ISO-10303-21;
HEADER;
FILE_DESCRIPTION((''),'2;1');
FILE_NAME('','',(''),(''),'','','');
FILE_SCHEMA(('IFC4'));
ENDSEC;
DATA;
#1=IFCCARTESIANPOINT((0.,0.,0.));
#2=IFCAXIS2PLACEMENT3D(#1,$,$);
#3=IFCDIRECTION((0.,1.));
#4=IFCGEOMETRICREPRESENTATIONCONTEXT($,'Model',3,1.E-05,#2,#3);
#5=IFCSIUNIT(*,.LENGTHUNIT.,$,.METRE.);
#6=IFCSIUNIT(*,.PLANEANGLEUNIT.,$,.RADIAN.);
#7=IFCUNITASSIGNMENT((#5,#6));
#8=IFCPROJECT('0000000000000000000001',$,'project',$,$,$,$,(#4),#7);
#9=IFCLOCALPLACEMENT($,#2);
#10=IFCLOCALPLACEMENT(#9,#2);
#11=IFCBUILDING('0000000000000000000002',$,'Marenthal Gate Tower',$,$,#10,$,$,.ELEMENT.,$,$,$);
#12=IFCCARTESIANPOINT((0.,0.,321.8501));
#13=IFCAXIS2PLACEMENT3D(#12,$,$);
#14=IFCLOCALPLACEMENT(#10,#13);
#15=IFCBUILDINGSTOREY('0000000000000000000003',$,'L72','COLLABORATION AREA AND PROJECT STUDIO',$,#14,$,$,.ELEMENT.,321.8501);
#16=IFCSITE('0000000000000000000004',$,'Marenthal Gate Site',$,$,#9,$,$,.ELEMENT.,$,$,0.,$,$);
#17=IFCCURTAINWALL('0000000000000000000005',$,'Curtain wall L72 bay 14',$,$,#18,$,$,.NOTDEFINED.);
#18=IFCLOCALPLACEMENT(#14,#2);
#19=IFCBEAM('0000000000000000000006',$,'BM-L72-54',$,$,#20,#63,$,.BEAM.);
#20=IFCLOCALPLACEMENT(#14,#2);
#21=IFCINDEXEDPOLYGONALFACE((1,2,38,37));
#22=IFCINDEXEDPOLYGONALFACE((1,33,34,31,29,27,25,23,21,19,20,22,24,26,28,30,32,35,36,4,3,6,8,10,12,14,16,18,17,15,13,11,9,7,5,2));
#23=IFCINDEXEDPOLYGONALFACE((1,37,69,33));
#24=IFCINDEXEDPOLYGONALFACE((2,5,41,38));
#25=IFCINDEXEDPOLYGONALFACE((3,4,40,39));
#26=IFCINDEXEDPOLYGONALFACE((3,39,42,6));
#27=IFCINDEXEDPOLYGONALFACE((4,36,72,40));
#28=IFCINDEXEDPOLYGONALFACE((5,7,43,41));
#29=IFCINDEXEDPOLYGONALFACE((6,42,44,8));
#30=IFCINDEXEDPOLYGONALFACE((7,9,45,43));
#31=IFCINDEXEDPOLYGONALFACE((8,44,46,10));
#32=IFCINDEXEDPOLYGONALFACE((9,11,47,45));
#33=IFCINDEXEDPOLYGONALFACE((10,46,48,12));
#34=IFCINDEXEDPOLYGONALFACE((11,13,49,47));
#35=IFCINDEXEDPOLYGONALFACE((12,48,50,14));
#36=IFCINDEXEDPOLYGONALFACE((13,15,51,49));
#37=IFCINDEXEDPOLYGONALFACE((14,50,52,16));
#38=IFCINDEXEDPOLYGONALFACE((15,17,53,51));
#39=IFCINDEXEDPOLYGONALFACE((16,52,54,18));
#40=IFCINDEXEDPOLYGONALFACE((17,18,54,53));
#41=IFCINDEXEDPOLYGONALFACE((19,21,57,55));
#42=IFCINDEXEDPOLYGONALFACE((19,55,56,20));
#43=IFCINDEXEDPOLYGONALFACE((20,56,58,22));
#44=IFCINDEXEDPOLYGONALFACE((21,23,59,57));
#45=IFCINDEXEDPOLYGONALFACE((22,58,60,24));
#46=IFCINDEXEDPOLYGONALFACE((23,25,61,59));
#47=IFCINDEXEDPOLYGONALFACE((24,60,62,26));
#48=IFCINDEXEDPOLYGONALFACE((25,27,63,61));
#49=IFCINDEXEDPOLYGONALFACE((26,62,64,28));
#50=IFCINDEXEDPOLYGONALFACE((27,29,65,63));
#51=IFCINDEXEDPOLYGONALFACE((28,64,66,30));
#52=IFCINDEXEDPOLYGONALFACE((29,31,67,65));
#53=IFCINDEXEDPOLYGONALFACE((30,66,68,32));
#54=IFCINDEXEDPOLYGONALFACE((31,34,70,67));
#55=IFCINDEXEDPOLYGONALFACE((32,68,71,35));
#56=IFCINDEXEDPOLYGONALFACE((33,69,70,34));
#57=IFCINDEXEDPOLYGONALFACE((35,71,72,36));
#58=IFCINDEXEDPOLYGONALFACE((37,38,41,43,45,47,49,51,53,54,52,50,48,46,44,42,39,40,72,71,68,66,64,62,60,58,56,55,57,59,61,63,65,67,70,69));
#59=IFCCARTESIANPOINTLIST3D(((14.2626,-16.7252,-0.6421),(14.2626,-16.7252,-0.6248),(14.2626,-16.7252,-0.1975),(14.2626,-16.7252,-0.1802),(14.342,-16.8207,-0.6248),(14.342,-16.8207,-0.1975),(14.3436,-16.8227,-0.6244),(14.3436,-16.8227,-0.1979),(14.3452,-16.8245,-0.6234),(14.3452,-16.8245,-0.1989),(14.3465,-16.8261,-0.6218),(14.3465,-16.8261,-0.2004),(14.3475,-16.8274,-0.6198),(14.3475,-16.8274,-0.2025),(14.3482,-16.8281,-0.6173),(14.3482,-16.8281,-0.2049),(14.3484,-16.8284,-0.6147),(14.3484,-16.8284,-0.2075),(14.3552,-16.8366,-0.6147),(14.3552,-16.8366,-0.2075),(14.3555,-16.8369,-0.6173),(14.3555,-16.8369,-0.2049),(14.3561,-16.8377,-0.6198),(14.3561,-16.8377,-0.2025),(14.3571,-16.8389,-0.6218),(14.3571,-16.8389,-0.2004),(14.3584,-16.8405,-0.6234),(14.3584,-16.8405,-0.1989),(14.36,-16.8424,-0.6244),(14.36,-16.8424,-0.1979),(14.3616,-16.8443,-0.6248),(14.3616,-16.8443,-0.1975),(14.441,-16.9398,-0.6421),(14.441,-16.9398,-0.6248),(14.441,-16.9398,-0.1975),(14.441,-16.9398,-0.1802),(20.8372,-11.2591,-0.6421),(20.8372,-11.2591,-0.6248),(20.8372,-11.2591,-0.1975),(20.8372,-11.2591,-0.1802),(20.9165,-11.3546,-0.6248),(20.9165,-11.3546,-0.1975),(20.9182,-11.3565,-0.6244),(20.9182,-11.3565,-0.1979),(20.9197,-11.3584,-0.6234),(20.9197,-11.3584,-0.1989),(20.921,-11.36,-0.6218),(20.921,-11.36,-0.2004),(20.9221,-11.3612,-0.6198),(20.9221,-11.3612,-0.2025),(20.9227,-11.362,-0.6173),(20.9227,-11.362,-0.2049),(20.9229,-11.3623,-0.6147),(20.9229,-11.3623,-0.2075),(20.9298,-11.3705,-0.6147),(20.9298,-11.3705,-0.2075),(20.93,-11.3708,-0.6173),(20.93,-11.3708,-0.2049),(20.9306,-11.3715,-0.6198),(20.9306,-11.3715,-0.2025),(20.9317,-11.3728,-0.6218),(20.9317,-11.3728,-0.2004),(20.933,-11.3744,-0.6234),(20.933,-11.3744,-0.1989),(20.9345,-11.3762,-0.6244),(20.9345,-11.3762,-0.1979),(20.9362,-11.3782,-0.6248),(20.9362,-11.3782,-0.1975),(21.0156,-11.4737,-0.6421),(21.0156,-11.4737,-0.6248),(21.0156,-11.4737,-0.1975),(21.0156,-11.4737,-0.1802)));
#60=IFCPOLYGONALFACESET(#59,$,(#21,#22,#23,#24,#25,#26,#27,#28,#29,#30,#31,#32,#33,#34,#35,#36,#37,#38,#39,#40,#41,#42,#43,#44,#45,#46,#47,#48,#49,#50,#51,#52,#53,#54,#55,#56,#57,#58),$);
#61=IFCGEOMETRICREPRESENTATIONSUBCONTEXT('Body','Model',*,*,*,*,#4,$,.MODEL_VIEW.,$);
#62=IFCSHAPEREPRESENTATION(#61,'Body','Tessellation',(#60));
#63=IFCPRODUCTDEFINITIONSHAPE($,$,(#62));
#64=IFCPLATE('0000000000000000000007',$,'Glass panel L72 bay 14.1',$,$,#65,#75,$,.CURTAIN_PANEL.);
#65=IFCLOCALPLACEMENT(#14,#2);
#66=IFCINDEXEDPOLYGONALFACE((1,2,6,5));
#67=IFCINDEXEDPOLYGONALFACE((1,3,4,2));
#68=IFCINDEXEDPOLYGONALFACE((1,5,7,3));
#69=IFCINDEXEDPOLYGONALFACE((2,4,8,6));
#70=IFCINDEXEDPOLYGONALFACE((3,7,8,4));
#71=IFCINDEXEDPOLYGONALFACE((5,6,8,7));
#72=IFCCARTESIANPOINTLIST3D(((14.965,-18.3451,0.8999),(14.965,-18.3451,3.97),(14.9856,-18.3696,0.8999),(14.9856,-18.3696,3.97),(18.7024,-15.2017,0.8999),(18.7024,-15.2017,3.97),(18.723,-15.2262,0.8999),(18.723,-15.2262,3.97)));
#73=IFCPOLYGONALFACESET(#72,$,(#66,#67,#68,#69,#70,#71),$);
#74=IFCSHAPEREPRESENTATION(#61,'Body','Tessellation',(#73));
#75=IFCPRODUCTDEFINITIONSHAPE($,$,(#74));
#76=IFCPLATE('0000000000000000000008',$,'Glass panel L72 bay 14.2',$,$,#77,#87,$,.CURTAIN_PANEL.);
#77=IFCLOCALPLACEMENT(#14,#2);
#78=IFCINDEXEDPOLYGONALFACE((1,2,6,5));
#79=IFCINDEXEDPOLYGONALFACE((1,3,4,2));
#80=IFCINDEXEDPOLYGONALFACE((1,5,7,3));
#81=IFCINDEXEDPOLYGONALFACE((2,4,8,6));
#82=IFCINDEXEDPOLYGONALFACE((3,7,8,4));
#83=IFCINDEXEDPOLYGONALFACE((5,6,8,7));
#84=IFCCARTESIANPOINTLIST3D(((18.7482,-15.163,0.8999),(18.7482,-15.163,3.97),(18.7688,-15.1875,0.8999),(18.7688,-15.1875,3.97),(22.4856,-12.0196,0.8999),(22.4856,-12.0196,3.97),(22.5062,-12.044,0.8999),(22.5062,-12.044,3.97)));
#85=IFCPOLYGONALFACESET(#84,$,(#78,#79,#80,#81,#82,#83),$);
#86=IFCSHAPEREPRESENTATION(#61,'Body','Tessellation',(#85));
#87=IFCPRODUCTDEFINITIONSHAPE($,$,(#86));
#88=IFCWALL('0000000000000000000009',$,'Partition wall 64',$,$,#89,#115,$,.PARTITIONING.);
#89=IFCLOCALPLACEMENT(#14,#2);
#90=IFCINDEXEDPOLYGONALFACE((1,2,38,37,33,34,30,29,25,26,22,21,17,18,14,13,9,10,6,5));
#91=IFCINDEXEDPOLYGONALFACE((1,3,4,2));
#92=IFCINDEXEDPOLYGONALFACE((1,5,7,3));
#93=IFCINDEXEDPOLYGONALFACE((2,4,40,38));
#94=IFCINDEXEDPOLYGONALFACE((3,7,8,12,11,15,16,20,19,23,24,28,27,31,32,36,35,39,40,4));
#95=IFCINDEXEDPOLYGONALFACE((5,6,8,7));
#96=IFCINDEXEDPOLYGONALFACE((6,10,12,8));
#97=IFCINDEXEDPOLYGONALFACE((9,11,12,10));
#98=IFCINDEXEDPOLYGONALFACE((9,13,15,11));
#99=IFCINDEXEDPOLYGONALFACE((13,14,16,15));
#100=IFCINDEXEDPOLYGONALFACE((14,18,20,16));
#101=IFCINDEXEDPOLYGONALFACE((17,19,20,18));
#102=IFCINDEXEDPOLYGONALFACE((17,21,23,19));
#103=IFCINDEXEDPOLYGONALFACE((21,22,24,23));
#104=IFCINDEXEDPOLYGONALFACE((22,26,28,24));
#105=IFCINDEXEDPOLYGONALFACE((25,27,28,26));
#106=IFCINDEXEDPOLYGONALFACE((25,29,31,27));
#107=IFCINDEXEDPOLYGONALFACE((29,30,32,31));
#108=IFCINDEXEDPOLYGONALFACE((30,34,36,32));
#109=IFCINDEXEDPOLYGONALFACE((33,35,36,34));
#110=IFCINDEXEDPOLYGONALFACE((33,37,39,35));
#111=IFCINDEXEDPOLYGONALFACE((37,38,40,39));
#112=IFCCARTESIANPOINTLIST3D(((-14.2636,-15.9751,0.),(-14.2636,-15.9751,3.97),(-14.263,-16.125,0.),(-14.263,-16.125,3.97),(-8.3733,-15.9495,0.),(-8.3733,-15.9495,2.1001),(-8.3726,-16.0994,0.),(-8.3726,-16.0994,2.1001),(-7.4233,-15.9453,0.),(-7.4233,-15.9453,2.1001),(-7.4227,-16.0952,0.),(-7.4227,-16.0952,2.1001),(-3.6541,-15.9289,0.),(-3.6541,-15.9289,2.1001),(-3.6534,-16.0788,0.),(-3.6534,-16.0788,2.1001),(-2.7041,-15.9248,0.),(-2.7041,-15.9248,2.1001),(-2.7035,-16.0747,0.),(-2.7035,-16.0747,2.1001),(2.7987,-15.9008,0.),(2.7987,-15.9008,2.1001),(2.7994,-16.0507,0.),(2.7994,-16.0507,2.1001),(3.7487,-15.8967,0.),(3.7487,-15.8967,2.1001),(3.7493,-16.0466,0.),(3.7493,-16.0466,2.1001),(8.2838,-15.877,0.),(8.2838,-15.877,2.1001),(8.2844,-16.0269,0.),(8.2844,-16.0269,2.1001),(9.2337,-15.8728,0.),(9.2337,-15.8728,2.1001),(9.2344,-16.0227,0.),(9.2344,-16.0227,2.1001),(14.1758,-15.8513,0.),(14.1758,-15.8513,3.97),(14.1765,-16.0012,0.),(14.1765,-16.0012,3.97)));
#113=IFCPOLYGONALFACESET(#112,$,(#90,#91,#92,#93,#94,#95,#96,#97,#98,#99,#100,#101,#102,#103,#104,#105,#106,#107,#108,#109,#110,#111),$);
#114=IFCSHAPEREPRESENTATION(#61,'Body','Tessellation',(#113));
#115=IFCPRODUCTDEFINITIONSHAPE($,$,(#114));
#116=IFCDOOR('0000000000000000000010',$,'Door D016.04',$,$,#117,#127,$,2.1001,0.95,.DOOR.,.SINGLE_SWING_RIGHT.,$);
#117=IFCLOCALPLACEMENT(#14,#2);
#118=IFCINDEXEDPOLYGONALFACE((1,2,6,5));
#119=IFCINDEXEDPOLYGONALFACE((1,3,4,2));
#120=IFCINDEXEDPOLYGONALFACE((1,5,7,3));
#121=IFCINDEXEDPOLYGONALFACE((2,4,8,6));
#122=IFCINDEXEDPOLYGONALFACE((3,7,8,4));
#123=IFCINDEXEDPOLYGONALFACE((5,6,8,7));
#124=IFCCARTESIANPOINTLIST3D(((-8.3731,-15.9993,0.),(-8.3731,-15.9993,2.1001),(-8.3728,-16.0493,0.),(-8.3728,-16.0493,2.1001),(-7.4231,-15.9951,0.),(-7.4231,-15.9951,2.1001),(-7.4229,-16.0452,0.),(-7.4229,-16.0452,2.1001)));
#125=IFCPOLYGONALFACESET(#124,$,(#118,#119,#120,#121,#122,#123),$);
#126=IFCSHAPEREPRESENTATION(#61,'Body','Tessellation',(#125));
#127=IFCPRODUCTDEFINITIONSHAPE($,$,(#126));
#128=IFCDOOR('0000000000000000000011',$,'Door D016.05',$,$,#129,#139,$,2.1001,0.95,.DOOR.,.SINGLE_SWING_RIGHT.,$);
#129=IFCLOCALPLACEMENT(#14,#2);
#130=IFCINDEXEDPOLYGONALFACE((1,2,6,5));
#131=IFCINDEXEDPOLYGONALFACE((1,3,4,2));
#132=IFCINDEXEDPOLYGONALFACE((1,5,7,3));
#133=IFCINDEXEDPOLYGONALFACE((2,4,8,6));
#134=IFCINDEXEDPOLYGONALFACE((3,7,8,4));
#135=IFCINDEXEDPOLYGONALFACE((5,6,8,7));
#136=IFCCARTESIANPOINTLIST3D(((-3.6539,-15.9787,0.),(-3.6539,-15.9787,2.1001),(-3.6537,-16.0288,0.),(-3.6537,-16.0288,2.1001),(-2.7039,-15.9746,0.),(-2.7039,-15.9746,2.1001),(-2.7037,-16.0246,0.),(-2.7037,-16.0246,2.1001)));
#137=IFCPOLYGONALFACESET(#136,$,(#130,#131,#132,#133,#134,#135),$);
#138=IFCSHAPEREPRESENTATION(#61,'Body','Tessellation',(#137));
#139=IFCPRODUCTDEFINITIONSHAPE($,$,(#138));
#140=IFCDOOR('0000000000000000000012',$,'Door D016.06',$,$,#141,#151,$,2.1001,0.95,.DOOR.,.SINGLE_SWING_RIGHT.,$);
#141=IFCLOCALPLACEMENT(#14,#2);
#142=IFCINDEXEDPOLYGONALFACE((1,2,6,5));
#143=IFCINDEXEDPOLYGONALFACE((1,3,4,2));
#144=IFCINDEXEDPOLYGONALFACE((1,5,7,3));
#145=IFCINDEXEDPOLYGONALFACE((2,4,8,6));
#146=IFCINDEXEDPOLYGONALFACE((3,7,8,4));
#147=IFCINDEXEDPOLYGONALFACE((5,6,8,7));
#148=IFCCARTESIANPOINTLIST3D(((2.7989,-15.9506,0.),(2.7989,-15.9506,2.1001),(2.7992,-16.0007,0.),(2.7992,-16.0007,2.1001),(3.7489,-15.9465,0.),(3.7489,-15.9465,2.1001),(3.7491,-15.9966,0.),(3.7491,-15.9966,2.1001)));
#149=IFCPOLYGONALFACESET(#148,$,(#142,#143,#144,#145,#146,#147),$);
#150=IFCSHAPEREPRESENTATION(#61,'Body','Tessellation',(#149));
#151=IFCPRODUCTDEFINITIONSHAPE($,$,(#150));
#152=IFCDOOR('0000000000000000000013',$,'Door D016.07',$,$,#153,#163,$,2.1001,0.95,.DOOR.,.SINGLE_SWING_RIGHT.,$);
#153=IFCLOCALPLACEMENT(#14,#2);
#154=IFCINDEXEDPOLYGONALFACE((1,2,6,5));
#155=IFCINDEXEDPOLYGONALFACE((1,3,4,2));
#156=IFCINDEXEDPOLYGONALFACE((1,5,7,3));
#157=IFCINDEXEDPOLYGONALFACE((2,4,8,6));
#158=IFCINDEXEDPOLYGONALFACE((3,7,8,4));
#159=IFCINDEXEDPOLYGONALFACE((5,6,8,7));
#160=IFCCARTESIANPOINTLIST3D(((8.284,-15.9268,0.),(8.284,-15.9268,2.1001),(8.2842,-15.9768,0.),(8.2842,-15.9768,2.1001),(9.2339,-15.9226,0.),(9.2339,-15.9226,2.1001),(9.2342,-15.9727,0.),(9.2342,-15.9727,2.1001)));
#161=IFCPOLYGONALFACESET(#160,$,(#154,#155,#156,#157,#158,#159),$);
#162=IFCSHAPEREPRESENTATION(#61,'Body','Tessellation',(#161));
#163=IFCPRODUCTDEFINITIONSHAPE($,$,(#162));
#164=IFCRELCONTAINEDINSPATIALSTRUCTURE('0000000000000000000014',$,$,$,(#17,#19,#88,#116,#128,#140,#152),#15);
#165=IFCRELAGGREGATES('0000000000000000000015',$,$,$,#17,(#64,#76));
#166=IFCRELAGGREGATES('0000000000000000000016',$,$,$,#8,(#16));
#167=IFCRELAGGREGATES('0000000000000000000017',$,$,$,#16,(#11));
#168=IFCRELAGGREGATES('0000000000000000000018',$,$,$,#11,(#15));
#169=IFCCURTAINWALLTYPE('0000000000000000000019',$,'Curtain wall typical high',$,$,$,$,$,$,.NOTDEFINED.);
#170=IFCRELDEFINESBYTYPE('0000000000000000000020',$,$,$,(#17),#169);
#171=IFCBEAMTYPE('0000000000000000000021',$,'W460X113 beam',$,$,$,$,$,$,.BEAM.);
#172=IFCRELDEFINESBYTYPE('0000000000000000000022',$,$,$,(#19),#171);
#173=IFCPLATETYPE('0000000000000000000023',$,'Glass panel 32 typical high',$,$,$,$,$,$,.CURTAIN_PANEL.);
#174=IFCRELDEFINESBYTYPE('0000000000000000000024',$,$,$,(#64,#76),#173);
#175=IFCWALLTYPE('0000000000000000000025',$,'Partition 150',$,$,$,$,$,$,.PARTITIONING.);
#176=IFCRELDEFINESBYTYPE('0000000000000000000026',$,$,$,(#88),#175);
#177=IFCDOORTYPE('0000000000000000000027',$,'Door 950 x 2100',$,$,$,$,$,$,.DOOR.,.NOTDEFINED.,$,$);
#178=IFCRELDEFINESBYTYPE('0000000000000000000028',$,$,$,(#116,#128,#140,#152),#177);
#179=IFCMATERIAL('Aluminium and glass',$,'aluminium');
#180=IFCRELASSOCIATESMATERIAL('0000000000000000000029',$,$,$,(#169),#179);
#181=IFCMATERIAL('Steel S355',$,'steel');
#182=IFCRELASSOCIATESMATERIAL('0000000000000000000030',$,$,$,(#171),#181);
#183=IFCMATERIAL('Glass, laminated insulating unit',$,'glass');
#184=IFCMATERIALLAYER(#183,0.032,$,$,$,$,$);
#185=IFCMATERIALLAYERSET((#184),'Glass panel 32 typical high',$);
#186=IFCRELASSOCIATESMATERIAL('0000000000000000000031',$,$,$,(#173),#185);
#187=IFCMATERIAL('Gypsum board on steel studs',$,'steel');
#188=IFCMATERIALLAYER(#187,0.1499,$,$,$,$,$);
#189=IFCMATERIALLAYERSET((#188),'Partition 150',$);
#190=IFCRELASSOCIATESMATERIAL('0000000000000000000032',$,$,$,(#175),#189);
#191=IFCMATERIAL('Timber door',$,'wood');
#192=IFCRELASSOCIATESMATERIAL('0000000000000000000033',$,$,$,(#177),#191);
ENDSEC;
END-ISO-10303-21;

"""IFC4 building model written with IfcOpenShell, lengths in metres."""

from ifc_helpers import new_model, si_unit, direction, frame, frame_2d, origin, origin_2d, place, context, subcontext, project, spatial, rectangle, i_section, extrude, material, layer, layer_set, material_profile, profile_set, type_object, element, fill, aggregate, save


model = new_model("IFC4")

# Units and contexts
model_context = context("Model", 3, precision=1e-05, world=origin(), true_north=direction((0.0, 1.0)))
body_context = subcontext(model_context, "Body", "Model", "MODEL_VIEW")
ifc_project = project(units=[si_unit("LENGTHUNIT", "METRE"), si_unit("PLANEANGLEUNIT", "RADIAN")], contexts=[model_context])

# Site, building, storey
site_placement = place(None, origin())
site = spatial("IfcSite", under=ifc_project, at=site_placement, Name="Marenthal Gate Site", CompositionType="ELEMENT", RefElevation=0.0)
building_placement = place(site_placement, origin())
building = spatial("IfcBuilding", under=site, at=building_placement, Name="Marenthal Gate Tower", CompositionType="ELEMENT")
storey_placement = place(building_placement, frame((0.0, 0.0, 321.8501)))
storey = spatial("IfcBuildingStorey", under=building, at=storey_placement, Name="L72", Description="COLLABORATION AREA AND PROJECT STUDIO", CompositionType="ELEMENT", Elevation=321.8501)

# Curtain wall
ifc_material_1 = material(Name="Aluminium and glass", Category="aluminium")
curtain_wall_type = type_object("IfcCurtainWallType", Name="Curtain wall typical high", PredefinedType="NOTDEFINED", material=ifc_material_1)
curtain_wall_placement = place(storey_placement, origin())
curtain_wall = element("IfcCurtainWall", 1, at=curtain_wall_placement, inside=storey, type_object=curtain_wall_type, Name="Curtain wall L72 bay 14", PredefinedType="NOTDEFINED")

# Beam
ifc_material_2 = material(Name="Steel S355", Category="steel")
ifc_material_profile_1 = material_profile(ifc_material_2, i_section(OverallWidth=0.2791, OverallDepth=0.4619, WebThickness=0.0107, FlangeThickness=0.0173, FilletRadius=0.01, at=origin_2d()), Name="W460X113")
ifc_profile_set_1 = profile_set([ifc_material_profile_1], Name="Steel S355")
beam_type_1 = type_object("IfcBeamType", Name="W460X113 beam", PredefinedType="BEAM", material=ifc_profile_set_1)
beam_1_placement = place(storey_placement, frame((14.3518, -16.8325, -0.4111), z_axis=(0.768949, 0.63931, 0.0), x_axis=(-0.63931, 0.768949, 0.0)))
element("IfcBeam", 2, at=beam_1_placement, inside=storey, type_object=beam_type_1, Name="BM-L72-54", PredefinedType="BEAM", context=body_context, shape_type="SweptSolid", body=[
    extrude(i_section(OverallWidth=0.2791, OverallDepth=0.4619, WebThickness=0.0107, FlangeThickness=0.0173, FilletRadius=0.01, at=origin_2d()), origin(), (0.0, 0.0, 1.0), 8.55),
])

# Plates
ifc_material_3 = material(Name="Glass, laminated insulating unit", Category="glass")
ifc_layer_1 = layer(ifc_material_3, 0.032)
ifc_layer_set_1 = layer_set([ifc_layer_1], Name="Glass panel 32 typical high")
plate_type = type_object("IfcPlateType", Name="Glass panel 32 typical high", PredefinedType="CURTAIN_PANEL", material=ifc_layer_set_1)
plate_1_placement = place(storey_placement, frame((16.844, -16.7856, 0.8999), z_axis=(0.0, 0.0, 1.0), x_axis=(0.765298, 0.643676, 0.0)))
plate_1 = element("IfcPlate", 3, at=plate_1_placement, type_object=plate_type, Name="Glass panel L72 bay 14.1", PredefinedType="CURTAIN_PANEL", context=body_context, shape_type="SweptSolid", body=[
    extrude(rectangle(XDim=4.8835, YDim=0.032, at=origin_2d()), origin(), (0.0, 0.0, 1.0), 3.0701),
])
plate_2_placement = place(storey_placement, frame((20.6272, -13.6035, 0.8999), z_axis=(0.0, 0.0, 1.0), x_axis=(0.765298, 0.643676, 0.0)))
plate_2 = element("IfcPlate", 4, at=plate_2_placement, type_object=plate_type, Name="Glass panel L72 bay 14.2", PredefinedType="CURTAIN_PANEL", context=body_context, shape_type="SweptSolid", body=[
    extrude(rectangle(XDim=4.8835, YDim=0.032, at=origin_2d()), origin(), (0.0, 0.0, 1.0), 3.0701),
])
aggregate(curtain_wall, [plate_1, plate_2])

# Wall, openings, doors
ifc_material_4 = material(Name="Gypsum board on steel studs", Category="steel")
ifc_layer_2 = layer(ifc_material_4, 0.1499)
ifc_layer_set_2 = layer_set([ifc_layer_2], Name="Partition 150")
wall_type_1 = type_object("IfcWallType", Name="Partition 150", PredefinedType="PARTITIONING", material=ifc_layer_set_2)
wall_1_placement = place(storey_placement, frame((14.176, -15.9263, 0.0), z_axis=(0.0, 0.0, 1.0), x_axis=(-0.999991, -0.004352, 0.0)))
wall_1 = element("IfcWall", 5, at=wall_1_placement, inside=storey, type_object=wall_type_1, Name="Partition wall 64", PredefinedType="PARTITIONING", context=body_context, shape_type="SweptSolid", body=[
    extrude(rectangle(XDim=28.4397, YDim=0.1499, at=frame_2d((14.2197, 0.0))), origin(), (0.0, 0.0, 1.0), 3.97),
])
opening_1_placement = place(wall_1_placement, frame((21.5991, 0.0, 0.0)))
opening_1 = element("IfcOpeningElement", 6, at=opening_1_placement, cuts=wall_1, PredefinedType="OPENING", context=body_context, shape_type="SweptSolid", body=[
    extrude(rectangle(XDim=0.95, YDim=2.1001, at=frame_2d((0.4751, 1.05))), frame((0.0, 0.085, 0.0), z_axis=(0.0, -1.0, 0.0), x_axis=(1.0, 0.0, 0.0)), (0.0, 0.0, 1.0), 0.1699),
])
opening_2_placement = place(wall_1_placement, frame((16.8799, 0.0, 0.0)))
opening_2 = element("IfcOpeningElement", 7, at=opening_2_placement, cuts=wall_1, PredefinedType="OPENING", context=body_context, shape_type="SweptSolid", body=[
    extrude(rectangle(XDim=0.95, YDim=2.1001, at=frame_2d((0.4751, 1.05))), frame((0.0, 0.085, 0.0), z_axis=(0.0, -1.0, 0.0), x_axis=(1.0, 0.0, 0.0)), (0.0, 0.0, 1.0), 0.1699),
])
opening_3_placement = place(wall_1_placement, frame((10.427, 0.0, 0.0)))
opening_3 = element("IfcOpeningElement", 8, at=opening_3_placement, cuts=wall_1, PredefinedType="OPENING", context=body_context, shape_type="SweptSolid", body=[
    extrude(rectangle(XDim=0.95, YDim=2.1001, at=frame_2d((0.4751, 1.05))), frame((0.0, 0.085, 0.0), z_axis=(0.0, -1.0, 0.0), x_axis=(1.0, 0.0, 0.0)), (0.0, 0.0, 1.0), 0.1699),
])
opening_4_placement = place(wall_1_placement, frame((4.9419, 0.0, 0.0)))
opening_4 = element("IfcOpeningElement", 9, at=opening_4_placement, cuts=wall_1, PredefinedType="OPENING", context=body_context, shape_type="SweptSolid", body=[
    extrude(rectangle(XDim=0.95, YDim=2.1001, at=frame_2d((0.4751, 1.05))), frame((0.0, 0.085, 0.0), z_axis=(0.0, -1.0, 0.0), x_axis=(1.0, 0.0, 0.0)), (0.0, 0.0, 1.0), 0.1699),
])
ifc_material_5 = material(Name="Timber door", Category="wood")
door_type_1 = type_object("IfcDoorType", Name="Door 950 x 2100", OperationType="NOTDEFINED", PredefinedType="DOOR", material=ifc_material_5)
door_1_placement = place(opening_1_placement, origin())
door_1 = element("IfcDoor", 10, at=door_1_placement, inside=storey, type_object=door_type_1, Name="Door D016.04", OperationType="SINGLE_SWING_RIGHT", OverallHeight=2.1001, OverallWidth=0.95, PredefinedType="DOOR", context=body_context, shape_type="SweptSolid", body=[
    extrude(rectangle(XDim=0.95, YDim=2.1001, at=frame_2d((0.4751, 1.05))), frame((0.0, 0.0249, 0.0), z_axis=(0.0, -1.0, 0.0), x_axis=(1.0, 0.0, 0.0)), (0.0, 0.0, 1.0), 0.05),
])
fill(opening_1, door_1)
door_2_placement = place(opening_2_placement, origin())
door_2 = element("IfcDoor", 11, at=door_2_placement, inside=storey, type_object=door_type_1, Name="Door D016.05", OperationType="SINGLE_SWING_RIGHT", OverallHeight=2.1001, OverallWidth=0.95, PredefinedType="DOOR", context=body_context, shape_type="SweptSolid", body=[
    extrude(rectangle(XDim=0.95, YDim=2.1001, at=frame_2d((0.4751, 1.05))), frame((0.0, 0.0249, 0.0), z_axis=(0.0, -1.0, 0.0), x_axis=(1.0, 0.0, 0.0)), (0.0, 0.0, 1.0), 0.05),
])
fill(opening_2, door_2)
door_3_placement = place(opening_3_placement, origin())
door_3 = element("IfcDoor", 12, at=door_3_placement, inside=storey, type_object=door_type_1, Name="Door D016.06", OperationType="SINGLE_SWING_RIGHT", OverallHeight=2.1001, OverallWidth=0.95, PredefinedType="DOOR", context=body_context, shape_type="SweptSolid", body=[
    extrude(rectangle(XDim=0.95, YDim=2.1001, at=frame_2d((0.4751, 1.05))), frame((0.0, 0.0249, 0.0), z_axis=(0.0, -1.0, 0.0), x_axis=(1.0, 0.0, 0.0)), (0.0, 0.0, 1.0), 0.05),
])
fill(opening_3, door_3)
door_4_placement = place(opening_4_placement, origin())
door_4 = element("IfcDoor", 13, at=door_4_placement, inside=storey, type_object=door_type_1, Name="Door D016.07", OperationType="SINGLE_SWING_RIGHT", OverallHeight=2.1001, OverallWidth=0.95, PredefinedType="DOOR", context=body_context, shape_type="SweptSolid", body=[
    extrude(rectangle(XDim=0.95, YDim=2.1001, at=frame_2d((0.4751, 1.05))), frame((0.0, 0.0249, 0.0), z_axis=(0.0, -1.0, 0.0), x_axis=(1.0, 0.0, 0.0)), (0.0, 0.0, 1.0), 0.05),
])
fill(opening_4, door_4)

save(model, "model.ifc")
